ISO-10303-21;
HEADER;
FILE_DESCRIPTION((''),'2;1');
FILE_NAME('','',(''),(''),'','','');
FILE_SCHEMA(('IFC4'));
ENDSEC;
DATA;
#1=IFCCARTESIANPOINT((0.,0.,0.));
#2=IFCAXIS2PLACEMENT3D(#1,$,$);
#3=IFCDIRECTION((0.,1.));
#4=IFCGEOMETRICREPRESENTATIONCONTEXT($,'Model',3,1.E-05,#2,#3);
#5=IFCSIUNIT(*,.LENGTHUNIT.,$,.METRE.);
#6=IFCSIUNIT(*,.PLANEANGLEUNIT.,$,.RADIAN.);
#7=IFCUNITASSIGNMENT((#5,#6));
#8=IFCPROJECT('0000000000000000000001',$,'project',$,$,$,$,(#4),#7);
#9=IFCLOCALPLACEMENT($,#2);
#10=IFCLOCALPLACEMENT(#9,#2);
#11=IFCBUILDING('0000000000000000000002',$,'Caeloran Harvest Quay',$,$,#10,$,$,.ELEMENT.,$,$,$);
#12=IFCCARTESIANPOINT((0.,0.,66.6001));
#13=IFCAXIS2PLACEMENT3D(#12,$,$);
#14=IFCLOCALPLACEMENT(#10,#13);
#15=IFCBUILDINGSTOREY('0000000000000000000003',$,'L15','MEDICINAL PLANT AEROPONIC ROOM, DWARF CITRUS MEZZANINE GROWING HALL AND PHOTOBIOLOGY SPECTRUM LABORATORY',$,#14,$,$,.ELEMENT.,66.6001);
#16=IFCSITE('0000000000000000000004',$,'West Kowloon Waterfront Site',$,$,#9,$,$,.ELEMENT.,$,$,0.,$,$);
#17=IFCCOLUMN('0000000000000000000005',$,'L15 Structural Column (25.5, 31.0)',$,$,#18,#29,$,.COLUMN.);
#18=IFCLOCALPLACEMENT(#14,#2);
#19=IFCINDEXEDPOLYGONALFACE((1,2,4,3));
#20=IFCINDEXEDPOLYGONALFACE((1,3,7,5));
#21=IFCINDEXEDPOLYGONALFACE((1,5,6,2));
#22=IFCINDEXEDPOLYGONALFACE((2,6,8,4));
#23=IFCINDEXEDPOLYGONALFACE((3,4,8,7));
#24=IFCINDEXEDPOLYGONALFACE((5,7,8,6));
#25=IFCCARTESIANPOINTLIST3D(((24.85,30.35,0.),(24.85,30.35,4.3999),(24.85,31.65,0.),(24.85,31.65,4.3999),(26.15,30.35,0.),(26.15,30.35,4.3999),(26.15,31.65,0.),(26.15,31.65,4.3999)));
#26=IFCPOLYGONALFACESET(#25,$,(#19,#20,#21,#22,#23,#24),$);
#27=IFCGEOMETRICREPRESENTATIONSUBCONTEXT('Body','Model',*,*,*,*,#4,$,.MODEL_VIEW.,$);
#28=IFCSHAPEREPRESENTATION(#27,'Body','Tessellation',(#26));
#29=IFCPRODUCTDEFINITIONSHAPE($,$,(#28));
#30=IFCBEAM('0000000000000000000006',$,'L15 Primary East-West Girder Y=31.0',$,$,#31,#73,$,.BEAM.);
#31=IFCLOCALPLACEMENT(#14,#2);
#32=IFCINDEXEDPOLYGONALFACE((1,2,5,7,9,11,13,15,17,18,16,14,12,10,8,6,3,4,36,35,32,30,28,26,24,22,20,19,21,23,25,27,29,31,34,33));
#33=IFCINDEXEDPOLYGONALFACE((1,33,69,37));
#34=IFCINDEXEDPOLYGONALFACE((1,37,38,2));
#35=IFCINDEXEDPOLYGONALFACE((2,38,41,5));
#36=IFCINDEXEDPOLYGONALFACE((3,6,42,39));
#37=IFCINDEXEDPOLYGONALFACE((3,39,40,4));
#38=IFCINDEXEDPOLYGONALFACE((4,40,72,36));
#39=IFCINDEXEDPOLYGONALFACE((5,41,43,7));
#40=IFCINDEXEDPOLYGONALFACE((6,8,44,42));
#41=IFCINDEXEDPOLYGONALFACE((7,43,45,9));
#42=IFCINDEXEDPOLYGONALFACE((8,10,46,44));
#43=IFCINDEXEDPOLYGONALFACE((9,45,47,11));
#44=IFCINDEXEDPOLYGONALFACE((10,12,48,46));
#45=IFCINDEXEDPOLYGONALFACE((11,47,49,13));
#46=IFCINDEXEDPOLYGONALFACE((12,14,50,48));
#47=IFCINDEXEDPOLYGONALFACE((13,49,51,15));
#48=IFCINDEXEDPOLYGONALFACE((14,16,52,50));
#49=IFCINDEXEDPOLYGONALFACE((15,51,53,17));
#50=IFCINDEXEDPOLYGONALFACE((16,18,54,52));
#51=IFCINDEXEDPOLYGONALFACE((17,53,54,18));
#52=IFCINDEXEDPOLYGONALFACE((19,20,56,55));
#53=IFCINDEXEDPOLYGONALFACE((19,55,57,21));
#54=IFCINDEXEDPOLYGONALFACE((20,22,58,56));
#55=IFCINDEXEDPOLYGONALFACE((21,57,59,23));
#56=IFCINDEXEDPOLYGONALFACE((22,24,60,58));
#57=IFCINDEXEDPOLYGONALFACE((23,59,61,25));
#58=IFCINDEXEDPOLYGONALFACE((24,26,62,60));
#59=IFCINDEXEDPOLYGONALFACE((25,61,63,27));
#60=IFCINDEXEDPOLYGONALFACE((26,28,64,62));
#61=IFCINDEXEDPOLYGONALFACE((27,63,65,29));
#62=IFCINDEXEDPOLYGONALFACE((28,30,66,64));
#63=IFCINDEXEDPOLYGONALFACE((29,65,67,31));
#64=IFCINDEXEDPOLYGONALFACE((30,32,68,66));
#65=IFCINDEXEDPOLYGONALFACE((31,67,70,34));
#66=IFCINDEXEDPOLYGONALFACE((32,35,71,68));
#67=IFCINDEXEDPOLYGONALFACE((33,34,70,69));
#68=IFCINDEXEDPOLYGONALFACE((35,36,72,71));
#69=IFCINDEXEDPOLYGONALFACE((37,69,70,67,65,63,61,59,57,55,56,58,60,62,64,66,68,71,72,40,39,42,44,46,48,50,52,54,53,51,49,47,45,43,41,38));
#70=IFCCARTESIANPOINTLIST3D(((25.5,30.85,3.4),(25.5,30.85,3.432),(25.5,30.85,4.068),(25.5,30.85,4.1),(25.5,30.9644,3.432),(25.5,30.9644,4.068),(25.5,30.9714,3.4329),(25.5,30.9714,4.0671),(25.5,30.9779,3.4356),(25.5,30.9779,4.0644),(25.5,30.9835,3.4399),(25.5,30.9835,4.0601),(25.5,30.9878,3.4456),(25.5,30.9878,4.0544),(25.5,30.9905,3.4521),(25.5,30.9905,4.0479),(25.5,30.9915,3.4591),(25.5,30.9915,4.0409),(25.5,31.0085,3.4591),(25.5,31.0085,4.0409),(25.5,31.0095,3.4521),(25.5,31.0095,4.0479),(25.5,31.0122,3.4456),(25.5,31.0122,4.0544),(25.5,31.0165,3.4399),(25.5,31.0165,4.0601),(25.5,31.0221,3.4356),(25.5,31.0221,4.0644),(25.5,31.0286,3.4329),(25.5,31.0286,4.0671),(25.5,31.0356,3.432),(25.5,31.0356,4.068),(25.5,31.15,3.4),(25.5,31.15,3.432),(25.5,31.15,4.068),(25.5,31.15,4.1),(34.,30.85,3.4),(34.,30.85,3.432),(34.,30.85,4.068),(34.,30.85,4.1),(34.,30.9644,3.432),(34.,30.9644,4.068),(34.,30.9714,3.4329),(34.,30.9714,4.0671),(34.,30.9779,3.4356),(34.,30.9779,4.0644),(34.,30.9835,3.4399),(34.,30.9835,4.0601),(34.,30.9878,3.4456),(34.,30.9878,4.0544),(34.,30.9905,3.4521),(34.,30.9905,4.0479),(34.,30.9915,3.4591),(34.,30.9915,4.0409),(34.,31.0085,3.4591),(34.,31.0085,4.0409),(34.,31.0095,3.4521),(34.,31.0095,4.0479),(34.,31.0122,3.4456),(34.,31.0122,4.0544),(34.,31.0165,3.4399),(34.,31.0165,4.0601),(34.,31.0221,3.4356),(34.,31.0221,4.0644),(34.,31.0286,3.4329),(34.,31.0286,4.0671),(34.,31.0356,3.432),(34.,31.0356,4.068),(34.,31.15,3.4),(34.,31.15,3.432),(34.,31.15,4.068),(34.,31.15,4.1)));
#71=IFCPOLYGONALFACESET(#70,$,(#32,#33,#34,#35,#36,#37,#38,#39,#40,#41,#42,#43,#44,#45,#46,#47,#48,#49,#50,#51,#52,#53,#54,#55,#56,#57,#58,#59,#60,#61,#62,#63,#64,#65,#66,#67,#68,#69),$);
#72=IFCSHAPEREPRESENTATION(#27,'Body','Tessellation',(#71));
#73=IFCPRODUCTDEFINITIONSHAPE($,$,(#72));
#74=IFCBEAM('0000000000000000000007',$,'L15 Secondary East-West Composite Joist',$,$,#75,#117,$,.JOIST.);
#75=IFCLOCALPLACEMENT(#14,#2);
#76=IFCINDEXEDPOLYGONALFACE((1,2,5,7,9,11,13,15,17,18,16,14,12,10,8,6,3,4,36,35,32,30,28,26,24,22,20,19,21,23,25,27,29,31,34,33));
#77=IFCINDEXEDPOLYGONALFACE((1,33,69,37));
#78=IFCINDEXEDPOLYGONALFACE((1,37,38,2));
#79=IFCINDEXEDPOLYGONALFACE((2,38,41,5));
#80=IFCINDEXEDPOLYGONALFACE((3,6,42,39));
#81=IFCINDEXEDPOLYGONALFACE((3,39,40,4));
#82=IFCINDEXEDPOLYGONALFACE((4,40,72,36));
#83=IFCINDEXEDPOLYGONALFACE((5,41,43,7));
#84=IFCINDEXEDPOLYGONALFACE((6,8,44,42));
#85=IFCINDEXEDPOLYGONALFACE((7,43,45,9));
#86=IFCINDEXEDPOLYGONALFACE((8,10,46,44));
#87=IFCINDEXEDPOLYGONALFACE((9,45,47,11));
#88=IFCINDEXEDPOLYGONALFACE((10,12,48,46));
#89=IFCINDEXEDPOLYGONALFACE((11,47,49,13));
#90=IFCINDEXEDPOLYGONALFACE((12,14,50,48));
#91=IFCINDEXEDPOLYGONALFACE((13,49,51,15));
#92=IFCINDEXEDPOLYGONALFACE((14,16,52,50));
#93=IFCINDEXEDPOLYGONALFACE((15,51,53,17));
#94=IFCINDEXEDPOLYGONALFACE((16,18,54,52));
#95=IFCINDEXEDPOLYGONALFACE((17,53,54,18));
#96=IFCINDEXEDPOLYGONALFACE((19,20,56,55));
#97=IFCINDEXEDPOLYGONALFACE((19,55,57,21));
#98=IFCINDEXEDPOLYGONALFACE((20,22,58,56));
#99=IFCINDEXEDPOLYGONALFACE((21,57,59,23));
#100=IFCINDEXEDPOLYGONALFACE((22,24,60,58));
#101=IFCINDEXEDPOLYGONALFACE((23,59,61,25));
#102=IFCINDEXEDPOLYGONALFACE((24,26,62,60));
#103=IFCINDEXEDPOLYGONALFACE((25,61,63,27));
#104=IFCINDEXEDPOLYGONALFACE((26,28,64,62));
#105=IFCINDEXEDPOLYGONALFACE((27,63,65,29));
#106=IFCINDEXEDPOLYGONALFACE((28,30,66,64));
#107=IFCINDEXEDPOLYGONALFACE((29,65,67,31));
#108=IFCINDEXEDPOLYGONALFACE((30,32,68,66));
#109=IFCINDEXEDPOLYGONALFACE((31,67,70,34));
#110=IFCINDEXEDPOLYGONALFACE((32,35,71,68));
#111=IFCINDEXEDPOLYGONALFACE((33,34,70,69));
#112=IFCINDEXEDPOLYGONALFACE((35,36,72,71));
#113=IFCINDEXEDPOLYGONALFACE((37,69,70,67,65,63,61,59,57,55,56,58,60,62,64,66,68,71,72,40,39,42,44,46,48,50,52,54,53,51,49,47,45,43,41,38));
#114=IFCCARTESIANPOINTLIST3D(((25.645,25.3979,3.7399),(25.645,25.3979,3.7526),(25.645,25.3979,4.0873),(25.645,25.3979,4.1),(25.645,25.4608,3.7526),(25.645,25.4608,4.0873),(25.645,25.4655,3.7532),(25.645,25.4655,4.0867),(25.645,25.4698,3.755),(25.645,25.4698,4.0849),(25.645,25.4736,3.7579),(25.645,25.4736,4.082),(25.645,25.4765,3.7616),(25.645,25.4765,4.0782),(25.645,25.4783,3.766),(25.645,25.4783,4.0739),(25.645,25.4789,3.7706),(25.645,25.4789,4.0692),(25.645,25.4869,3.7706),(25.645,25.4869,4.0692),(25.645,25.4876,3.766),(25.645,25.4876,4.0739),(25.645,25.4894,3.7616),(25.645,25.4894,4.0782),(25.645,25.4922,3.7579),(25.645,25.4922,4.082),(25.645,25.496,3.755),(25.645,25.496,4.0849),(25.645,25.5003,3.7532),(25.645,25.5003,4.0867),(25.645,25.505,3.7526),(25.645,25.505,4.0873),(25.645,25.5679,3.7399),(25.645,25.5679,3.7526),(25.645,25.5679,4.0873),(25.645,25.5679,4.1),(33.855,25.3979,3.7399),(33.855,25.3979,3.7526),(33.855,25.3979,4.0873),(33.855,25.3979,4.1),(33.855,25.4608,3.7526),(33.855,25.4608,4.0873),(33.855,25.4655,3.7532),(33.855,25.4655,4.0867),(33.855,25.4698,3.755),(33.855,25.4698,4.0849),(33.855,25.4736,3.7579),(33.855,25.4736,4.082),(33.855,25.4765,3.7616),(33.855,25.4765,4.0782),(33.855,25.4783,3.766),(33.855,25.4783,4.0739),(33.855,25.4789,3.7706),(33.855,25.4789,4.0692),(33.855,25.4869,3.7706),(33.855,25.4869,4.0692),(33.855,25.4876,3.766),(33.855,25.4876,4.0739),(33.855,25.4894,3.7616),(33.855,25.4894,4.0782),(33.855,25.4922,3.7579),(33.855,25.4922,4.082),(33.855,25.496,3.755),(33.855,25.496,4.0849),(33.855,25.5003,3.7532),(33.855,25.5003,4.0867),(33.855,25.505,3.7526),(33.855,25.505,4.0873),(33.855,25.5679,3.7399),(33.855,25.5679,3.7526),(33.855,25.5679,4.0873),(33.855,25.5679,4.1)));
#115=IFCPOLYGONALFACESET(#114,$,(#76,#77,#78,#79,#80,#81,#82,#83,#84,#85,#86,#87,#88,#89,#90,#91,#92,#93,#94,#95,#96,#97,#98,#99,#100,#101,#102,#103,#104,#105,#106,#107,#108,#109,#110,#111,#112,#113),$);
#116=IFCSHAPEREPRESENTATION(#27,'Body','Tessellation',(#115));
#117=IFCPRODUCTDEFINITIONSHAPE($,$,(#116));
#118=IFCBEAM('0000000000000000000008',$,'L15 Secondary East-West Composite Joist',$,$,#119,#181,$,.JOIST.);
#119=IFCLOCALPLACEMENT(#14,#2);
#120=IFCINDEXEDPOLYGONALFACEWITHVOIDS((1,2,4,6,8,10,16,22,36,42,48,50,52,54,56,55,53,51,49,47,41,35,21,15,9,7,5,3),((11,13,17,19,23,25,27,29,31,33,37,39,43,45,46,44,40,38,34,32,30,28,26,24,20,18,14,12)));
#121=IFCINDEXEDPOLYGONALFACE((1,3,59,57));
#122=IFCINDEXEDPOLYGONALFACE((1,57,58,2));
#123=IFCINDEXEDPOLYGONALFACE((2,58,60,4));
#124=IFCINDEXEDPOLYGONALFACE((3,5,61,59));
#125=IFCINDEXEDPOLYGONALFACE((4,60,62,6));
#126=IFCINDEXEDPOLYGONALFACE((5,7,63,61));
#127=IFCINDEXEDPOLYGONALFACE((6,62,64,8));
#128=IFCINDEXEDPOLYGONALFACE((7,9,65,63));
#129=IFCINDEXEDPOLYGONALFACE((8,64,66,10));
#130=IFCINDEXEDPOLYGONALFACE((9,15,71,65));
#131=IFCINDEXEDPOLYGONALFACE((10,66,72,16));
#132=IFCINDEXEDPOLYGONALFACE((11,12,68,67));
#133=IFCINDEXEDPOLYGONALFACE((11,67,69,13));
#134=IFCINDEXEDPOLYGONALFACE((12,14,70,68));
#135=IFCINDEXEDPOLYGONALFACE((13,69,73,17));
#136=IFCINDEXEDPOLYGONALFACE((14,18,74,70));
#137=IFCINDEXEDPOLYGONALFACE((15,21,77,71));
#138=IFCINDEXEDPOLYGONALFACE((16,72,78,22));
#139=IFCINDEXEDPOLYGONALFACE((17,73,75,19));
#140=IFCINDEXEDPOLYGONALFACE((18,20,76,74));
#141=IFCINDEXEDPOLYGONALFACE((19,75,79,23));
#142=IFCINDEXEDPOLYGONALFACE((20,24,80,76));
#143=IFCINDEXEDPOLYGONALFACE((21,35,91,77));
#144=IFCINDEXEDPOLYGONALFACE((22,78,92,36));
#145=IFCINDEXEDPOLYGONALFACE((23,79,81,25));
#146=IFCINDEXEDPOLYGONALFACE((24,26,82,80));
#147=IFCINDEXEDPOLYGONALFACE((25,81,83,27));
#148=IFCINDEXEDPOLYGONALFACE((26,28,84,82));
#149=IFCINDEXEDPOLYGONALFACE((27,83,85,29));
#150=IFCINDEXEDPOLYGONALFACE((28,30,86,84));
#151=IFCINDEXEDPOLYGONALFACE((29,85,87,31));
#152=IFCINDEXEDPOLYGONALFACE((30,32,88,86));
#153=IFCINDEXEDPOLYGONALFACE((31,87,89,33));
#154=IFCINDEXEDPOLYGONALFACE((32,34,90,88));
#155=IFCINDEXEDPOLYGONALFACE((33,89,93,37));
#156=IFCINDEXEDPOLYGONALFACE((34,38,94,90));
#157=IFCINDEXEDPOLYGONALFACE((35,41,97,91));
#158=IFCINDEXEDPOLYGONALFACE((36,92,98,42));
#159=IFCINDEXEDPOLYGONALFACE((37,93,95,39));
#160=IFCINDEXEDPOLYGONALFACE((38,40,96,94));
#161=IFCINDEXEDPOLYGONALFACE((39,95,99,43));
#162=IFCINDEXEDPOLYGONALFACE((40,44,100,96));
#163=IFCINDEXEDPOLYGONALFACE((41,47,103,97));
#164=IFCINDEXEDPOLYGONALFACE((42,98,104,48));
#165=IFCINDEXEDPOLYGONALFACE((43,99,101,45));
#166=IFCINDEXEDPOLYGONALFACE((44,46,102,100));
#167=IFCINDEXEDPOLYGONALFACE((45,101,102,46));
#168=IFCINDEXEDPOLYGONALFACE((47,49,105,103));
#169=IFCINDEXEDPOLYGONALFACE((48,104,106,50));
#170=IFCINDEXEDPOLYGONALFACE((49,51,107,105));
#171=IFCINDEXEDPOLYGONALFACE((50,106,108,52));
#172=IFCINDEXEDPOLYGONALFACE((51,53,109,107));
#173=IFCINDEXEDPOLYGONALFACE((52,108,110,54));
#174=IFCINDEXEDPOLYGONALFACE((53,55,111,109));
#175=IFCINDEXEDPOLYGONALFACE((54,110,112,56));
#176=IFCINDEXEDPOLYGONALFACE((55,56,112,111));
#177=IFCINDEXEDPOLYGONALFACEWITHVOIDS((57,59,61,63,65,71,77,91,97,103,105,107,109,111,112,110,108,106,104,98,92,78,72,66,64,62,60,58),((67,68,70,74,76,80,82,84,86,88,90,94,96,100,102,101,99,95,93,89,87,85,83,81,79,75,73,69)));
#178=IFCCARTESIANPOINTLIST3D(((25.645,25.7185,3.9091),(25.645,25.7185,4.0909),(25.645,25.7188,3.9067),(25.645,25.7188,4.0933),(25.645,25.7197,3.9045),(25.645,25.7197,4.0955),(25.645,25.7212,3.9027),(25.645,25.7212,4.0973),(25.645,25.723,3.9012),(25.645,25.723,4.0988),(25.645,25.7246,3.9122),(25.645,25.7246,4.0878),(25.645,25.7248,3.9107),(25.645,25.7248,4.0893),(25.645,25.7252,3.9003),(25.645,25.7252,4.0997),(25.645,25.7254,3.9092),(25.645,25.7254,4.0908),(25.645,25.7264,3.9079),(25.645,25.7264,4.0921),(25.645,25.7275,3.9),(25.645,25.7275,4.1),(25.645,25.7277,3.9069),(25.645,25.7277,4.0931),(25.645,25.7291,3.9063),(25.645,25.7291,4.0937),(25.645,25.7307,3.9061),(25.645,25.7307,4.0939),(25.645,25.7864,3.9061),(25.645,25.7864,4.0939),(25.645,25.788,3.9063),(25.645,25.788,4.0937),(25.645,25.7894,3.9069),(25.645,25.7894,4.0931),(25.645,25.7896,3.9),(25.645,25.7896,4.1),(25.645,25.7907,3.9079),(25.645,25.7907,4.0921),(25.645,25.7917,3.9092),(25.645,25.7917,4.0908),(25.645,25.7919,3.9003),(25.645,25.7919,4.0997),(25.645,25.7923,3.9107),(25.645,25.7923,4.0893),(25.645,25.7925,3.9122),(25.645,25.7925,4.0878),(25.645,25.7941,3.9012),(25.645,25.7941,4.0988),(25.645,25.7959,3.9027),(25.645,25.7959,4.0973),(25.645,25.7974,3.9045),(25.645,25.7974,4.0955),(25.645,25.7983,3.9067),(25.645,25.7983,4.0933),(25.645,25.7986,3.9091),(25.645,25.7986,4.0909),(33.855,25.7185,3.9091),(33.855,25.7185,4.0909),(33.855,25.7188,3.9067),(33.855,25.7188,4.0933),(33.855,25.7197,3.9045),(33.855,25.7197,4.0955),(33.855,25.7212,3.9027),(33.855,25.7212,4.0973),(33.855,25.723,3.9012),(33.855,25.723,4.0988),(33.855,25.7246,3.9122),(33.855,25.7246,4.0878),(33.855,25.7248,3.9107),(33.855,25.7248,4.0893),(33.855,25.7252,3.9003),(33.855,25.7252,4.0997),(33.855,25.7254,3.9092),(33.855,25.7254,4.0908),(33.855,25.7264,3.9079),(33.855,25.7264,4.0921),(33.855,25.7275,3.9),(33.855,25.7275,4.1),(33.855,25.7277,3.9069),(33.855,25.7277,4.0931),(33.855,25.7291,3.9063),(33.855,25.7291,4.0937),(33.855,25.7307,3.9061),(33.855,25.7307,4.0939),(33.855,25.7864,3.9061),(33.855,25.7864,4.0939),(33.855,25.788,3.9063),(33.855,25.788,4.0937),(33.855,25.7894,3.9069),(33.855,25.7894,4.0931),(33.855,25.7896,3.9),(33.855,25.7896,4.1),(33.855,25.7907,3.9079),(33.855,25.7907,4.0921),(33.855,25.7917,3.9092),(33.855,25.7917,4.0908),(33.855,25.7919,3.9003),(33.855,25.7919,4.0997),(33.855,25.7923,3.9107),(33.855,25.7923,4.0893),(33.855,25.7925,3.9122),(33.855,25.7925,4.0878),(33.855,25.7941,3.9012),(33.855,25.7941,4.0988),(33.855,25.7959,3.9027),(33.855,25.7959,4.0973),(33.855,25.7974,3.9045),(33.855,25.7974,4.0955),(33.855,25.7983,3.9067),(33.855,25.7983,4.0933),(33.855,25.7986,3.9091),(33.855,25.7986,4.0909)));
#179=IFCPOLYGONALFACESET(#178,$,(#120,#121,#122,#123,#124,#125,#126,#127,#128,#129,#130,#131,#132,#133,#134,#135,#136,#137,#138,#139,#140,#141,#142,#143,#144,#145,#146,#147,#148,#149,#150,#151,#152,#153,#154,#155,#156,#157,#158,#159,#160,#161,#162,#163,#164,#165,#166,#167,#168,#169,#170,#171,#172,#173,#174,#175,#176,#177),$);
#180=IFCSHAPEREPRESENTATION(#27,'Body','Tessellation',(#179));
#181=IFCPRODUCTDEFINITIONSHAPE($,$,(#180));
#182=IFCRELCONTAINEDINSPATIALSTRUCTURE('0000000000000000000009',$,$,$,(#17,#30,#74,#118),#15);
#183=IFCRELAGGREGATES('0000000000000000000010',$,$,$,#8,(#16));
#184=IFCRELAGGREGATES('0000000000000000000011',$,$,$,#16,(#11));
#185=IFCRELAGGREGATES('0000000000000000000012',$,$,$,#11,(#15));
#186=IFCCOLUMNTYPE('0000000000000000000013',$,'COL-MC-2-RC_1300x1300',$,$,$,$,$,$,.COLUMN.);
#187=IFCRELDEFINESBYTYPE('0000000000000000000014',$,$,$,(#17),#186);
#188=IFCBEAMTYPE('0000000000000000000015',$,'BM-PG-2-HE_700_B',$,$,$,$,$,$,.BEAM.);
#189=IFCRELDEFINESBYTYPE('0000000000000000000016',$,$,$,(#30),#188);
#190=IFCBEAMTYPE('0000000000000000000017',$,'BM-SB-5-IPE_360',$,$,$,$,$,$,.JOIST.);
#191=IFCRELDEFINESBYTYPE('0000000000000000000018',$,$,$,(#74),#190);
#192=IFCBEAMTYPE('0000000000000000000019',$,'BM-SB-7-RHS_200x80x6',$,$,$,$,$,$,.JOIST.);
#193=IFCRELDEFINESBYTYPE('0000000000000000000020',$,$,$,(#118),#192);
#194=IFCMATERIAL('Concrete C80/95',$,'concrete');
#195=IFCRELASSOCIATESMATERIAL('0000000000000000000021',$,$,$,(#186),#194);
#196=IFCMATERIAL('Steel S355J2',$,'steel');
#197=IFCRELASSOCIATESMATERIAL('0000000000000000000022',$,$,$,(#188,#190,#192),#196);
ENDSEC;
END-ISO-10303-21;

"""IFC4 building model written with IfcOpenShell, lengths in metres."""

from ifc_helpers import new_model, si_unit, direction, frame, origin, origin_2d, place, context, subcontext, project, spatial, rectangle, hollow_rectangle, i_section, extrude, material, material_profile, profile_set, type_object, element, save


model = new_model("IFC4")

# Units and contexts
model_context = context("Model", 3, precision=1e-05, world=origin(), true_north=direction((0.0, 1.0)))
body_context = subcontext(model_context, "Body", "Model", "MODEL_VIEW")
ifc_project = project(units=[si_unit("LENGTHUNIT", "METRE"), si_unit("PLANEANGLEUNIT", "RADIAN")], contexts=[model_context])

# Site, building, storey
site_placement = place(None, origin())
site = spatial("IfcSite", under=ifc_project, at=site_placement, Name="West Kowloon Waterfront Site", CompositionType="ELEMENT", RefElevation=0.0)
building_placement = place(site_placement, origin())
building = spatial("IfcBuilding", under=site, at=building_placement, Name="Caeloran Harvest Quay", CompositionType="ELEMENT")
storey_placement = place(building_placement, frame((0.0, 0.0, 66.6001)))
storey = spatial("IfcBuildingStorey", under=building, at=storey_placement, Name="L15", Description="MEDICINAL PLANT AEROPONIC ROOM, DWARF CITRUS MEZZANINE GROWING HALL AND PHOTOBIOLOGY SPECTRUM LABORATORY", CompositionType="ELEMENT", Elevation=66.6001)

# Column
ifc_material_1 = material(Name="Concrete C80/95", Category="concrete")
ifc_material_profile_1 = material_profile(ifc_material_1, rectangle(XDim=1.3, YDim=1.3, at=origin_2d()), Name="RC 1300x1300")
ifc_profile_set_1 = profile_set([ifc_material_profile_1], Name="Concrete C80/95")
column_type = type_object("IfcColumnType", Name="COL-MC-2-RC_1300x1300", PredefinedType="COLUMN", material=ifc_profile_set_1)
column_placement = place(storey_placement, frame((25.5, 31.0, 0.0), z_axis=(0.0, 0.0, 1.0), x_axis=(1.0, 0.0, 0.0)))
element("IfcColumn", 1, at=column_placement, inside=storey, type_object=column_type, Name="L15 Structural Column (25.5, 31.0)", PredefinedType="COLUMN", context=body_context, shape_type="SweptSolid", body=[
    extrude(rectangle(XDim=1.3, YDim=1.3, at=origin_2d()), origin(), (0.0, 0.0, 1.0), 4.3999),
])

# Beams
ifc_material_2 = material(Name="Steel S355J2", Category="steel")
ifc_material_profile_2 = material_profile(ifc_material_2, i_section(OverallWidth=0.3, OverallDepth=0.7, WebThickness=0.0171, FlangeThickness=0.032, FilletRadius=0.0271, at=origin_2d()), Name="HE 700 B")
ifc_profile_set_2 = profile_set([ifc_material_profile_2], Name="Steel S355J2")
beam_type_1 = type_object("IfcBeamType", Name="BM-PG-2-HE_700_B", PredefinedType="BEAM", material=ifc_profile_set_2)
beam_1_placement = place(storey_placement, frame((25.5, 31.0, 3.75), z_axis=(1.0, 0.0, 0.0), x_axis=(0.0, 1.0, 0.0)))
element("IfcBeam", 2, at=beam_1_placement, inside=storey, type_object=beam_type_1, Name="L15 Primary East-West Girder Y=31.0", PredefinedType="BEAM", context=body_context, shape_type="SweptSolid", body=[
    extrude(i_section(OverallWidth=0.3, OverallDepth=0.7, WebThickness=0.0171, FlangeThickness=0.032, FilletRadius=0.0271, at=origin_2d()), origin(), (0.0, 0.0, 1.0), 8.5),
])
ifc_material_profile_3 = material_profile(ifc_material_2, i_section(OverallWidth=0.1699, OverallDepth=0.3601, WebThickness=0.0081, FlangeThickness=0.0127, FilletRadius=0.0181, at=origin_2d()), Name="IPE 360")
ifc_profile_set_3 = profile_set([ifc_material_profile_3], Name="Steel S355J2")
beam_type_2 = type_object("IfcBeamType", Name="BM-SB-5-IPE_360", PredefinedType="JOIST", material=ifc_profile_set_3)
beam_2_placement = place(storey_placement, frame((25.645, 25.4829, 3.9199), z_axis=(1.0, 0.0, 0.0), x_axis=(0.0, 1.0, 0.0)))
element("IfcBeam", 3, at=beam_2_placement, inside=storey, type_object=beam_type_2, Name="L15 Secondary East-West Composite Joist", PredefinedType="JOIST", context=body_context, shape_type="SweptSolid", body=[
    extrude(i_section(OverallWidth=0.1699, OverallDepth=0.3601, WebThickness=0.0081, FlangeThickness=0.0127, FilletRadius=0.0181, at=origin_2d()), origin(), (0.0, 0.0, 1.0), 8.21),
])
ifc_material_profile_4 = material_profile(ifc_material_2, hollow_rectangle(XDim=0.0801, YDim=0.2, WallThickness=0.0061, InnerFilletRadius=0.0061, OuterFilletRadius=0.009, at=origin_2d()), Name="RHS 200x80x6")
ifc_profile_set_4 = profile_set([ifc_material_profile_4], Name="Steel S355J2")
beam_type_3 = type_object("IfcBeamType", Name="BM-SB-7-RHS_200x80x6", PredefinedType="JOIST", material=ifc_profile_set_4)
beam_3_placement = place(storey_placement, frame((25.645, 25.7585, 4.0), z_axis=(1.0, 0.0, 0.0), x_axis=(0.0, 1.0, 0.0)))
element("IfcBeam", 4, at=beam_3_placement, inside=storey, type_object=beam_type_3, Name="L15 Secondary East-West Composite Joist", PredefinedType="JOIST", context=body_context, shape_type="SweptSolid", body=[
    extrude(hollow_rectangle(XDim=0.0801, YDim=0.2, WallThickness=0.0061, InnerFilletRadius=0.0061, OuterFilletRadius=0.009, at=origin_2d()), origin(), (0.0, 0.0, 1.0), 8.21),
])

save(model, "model.ifc")
